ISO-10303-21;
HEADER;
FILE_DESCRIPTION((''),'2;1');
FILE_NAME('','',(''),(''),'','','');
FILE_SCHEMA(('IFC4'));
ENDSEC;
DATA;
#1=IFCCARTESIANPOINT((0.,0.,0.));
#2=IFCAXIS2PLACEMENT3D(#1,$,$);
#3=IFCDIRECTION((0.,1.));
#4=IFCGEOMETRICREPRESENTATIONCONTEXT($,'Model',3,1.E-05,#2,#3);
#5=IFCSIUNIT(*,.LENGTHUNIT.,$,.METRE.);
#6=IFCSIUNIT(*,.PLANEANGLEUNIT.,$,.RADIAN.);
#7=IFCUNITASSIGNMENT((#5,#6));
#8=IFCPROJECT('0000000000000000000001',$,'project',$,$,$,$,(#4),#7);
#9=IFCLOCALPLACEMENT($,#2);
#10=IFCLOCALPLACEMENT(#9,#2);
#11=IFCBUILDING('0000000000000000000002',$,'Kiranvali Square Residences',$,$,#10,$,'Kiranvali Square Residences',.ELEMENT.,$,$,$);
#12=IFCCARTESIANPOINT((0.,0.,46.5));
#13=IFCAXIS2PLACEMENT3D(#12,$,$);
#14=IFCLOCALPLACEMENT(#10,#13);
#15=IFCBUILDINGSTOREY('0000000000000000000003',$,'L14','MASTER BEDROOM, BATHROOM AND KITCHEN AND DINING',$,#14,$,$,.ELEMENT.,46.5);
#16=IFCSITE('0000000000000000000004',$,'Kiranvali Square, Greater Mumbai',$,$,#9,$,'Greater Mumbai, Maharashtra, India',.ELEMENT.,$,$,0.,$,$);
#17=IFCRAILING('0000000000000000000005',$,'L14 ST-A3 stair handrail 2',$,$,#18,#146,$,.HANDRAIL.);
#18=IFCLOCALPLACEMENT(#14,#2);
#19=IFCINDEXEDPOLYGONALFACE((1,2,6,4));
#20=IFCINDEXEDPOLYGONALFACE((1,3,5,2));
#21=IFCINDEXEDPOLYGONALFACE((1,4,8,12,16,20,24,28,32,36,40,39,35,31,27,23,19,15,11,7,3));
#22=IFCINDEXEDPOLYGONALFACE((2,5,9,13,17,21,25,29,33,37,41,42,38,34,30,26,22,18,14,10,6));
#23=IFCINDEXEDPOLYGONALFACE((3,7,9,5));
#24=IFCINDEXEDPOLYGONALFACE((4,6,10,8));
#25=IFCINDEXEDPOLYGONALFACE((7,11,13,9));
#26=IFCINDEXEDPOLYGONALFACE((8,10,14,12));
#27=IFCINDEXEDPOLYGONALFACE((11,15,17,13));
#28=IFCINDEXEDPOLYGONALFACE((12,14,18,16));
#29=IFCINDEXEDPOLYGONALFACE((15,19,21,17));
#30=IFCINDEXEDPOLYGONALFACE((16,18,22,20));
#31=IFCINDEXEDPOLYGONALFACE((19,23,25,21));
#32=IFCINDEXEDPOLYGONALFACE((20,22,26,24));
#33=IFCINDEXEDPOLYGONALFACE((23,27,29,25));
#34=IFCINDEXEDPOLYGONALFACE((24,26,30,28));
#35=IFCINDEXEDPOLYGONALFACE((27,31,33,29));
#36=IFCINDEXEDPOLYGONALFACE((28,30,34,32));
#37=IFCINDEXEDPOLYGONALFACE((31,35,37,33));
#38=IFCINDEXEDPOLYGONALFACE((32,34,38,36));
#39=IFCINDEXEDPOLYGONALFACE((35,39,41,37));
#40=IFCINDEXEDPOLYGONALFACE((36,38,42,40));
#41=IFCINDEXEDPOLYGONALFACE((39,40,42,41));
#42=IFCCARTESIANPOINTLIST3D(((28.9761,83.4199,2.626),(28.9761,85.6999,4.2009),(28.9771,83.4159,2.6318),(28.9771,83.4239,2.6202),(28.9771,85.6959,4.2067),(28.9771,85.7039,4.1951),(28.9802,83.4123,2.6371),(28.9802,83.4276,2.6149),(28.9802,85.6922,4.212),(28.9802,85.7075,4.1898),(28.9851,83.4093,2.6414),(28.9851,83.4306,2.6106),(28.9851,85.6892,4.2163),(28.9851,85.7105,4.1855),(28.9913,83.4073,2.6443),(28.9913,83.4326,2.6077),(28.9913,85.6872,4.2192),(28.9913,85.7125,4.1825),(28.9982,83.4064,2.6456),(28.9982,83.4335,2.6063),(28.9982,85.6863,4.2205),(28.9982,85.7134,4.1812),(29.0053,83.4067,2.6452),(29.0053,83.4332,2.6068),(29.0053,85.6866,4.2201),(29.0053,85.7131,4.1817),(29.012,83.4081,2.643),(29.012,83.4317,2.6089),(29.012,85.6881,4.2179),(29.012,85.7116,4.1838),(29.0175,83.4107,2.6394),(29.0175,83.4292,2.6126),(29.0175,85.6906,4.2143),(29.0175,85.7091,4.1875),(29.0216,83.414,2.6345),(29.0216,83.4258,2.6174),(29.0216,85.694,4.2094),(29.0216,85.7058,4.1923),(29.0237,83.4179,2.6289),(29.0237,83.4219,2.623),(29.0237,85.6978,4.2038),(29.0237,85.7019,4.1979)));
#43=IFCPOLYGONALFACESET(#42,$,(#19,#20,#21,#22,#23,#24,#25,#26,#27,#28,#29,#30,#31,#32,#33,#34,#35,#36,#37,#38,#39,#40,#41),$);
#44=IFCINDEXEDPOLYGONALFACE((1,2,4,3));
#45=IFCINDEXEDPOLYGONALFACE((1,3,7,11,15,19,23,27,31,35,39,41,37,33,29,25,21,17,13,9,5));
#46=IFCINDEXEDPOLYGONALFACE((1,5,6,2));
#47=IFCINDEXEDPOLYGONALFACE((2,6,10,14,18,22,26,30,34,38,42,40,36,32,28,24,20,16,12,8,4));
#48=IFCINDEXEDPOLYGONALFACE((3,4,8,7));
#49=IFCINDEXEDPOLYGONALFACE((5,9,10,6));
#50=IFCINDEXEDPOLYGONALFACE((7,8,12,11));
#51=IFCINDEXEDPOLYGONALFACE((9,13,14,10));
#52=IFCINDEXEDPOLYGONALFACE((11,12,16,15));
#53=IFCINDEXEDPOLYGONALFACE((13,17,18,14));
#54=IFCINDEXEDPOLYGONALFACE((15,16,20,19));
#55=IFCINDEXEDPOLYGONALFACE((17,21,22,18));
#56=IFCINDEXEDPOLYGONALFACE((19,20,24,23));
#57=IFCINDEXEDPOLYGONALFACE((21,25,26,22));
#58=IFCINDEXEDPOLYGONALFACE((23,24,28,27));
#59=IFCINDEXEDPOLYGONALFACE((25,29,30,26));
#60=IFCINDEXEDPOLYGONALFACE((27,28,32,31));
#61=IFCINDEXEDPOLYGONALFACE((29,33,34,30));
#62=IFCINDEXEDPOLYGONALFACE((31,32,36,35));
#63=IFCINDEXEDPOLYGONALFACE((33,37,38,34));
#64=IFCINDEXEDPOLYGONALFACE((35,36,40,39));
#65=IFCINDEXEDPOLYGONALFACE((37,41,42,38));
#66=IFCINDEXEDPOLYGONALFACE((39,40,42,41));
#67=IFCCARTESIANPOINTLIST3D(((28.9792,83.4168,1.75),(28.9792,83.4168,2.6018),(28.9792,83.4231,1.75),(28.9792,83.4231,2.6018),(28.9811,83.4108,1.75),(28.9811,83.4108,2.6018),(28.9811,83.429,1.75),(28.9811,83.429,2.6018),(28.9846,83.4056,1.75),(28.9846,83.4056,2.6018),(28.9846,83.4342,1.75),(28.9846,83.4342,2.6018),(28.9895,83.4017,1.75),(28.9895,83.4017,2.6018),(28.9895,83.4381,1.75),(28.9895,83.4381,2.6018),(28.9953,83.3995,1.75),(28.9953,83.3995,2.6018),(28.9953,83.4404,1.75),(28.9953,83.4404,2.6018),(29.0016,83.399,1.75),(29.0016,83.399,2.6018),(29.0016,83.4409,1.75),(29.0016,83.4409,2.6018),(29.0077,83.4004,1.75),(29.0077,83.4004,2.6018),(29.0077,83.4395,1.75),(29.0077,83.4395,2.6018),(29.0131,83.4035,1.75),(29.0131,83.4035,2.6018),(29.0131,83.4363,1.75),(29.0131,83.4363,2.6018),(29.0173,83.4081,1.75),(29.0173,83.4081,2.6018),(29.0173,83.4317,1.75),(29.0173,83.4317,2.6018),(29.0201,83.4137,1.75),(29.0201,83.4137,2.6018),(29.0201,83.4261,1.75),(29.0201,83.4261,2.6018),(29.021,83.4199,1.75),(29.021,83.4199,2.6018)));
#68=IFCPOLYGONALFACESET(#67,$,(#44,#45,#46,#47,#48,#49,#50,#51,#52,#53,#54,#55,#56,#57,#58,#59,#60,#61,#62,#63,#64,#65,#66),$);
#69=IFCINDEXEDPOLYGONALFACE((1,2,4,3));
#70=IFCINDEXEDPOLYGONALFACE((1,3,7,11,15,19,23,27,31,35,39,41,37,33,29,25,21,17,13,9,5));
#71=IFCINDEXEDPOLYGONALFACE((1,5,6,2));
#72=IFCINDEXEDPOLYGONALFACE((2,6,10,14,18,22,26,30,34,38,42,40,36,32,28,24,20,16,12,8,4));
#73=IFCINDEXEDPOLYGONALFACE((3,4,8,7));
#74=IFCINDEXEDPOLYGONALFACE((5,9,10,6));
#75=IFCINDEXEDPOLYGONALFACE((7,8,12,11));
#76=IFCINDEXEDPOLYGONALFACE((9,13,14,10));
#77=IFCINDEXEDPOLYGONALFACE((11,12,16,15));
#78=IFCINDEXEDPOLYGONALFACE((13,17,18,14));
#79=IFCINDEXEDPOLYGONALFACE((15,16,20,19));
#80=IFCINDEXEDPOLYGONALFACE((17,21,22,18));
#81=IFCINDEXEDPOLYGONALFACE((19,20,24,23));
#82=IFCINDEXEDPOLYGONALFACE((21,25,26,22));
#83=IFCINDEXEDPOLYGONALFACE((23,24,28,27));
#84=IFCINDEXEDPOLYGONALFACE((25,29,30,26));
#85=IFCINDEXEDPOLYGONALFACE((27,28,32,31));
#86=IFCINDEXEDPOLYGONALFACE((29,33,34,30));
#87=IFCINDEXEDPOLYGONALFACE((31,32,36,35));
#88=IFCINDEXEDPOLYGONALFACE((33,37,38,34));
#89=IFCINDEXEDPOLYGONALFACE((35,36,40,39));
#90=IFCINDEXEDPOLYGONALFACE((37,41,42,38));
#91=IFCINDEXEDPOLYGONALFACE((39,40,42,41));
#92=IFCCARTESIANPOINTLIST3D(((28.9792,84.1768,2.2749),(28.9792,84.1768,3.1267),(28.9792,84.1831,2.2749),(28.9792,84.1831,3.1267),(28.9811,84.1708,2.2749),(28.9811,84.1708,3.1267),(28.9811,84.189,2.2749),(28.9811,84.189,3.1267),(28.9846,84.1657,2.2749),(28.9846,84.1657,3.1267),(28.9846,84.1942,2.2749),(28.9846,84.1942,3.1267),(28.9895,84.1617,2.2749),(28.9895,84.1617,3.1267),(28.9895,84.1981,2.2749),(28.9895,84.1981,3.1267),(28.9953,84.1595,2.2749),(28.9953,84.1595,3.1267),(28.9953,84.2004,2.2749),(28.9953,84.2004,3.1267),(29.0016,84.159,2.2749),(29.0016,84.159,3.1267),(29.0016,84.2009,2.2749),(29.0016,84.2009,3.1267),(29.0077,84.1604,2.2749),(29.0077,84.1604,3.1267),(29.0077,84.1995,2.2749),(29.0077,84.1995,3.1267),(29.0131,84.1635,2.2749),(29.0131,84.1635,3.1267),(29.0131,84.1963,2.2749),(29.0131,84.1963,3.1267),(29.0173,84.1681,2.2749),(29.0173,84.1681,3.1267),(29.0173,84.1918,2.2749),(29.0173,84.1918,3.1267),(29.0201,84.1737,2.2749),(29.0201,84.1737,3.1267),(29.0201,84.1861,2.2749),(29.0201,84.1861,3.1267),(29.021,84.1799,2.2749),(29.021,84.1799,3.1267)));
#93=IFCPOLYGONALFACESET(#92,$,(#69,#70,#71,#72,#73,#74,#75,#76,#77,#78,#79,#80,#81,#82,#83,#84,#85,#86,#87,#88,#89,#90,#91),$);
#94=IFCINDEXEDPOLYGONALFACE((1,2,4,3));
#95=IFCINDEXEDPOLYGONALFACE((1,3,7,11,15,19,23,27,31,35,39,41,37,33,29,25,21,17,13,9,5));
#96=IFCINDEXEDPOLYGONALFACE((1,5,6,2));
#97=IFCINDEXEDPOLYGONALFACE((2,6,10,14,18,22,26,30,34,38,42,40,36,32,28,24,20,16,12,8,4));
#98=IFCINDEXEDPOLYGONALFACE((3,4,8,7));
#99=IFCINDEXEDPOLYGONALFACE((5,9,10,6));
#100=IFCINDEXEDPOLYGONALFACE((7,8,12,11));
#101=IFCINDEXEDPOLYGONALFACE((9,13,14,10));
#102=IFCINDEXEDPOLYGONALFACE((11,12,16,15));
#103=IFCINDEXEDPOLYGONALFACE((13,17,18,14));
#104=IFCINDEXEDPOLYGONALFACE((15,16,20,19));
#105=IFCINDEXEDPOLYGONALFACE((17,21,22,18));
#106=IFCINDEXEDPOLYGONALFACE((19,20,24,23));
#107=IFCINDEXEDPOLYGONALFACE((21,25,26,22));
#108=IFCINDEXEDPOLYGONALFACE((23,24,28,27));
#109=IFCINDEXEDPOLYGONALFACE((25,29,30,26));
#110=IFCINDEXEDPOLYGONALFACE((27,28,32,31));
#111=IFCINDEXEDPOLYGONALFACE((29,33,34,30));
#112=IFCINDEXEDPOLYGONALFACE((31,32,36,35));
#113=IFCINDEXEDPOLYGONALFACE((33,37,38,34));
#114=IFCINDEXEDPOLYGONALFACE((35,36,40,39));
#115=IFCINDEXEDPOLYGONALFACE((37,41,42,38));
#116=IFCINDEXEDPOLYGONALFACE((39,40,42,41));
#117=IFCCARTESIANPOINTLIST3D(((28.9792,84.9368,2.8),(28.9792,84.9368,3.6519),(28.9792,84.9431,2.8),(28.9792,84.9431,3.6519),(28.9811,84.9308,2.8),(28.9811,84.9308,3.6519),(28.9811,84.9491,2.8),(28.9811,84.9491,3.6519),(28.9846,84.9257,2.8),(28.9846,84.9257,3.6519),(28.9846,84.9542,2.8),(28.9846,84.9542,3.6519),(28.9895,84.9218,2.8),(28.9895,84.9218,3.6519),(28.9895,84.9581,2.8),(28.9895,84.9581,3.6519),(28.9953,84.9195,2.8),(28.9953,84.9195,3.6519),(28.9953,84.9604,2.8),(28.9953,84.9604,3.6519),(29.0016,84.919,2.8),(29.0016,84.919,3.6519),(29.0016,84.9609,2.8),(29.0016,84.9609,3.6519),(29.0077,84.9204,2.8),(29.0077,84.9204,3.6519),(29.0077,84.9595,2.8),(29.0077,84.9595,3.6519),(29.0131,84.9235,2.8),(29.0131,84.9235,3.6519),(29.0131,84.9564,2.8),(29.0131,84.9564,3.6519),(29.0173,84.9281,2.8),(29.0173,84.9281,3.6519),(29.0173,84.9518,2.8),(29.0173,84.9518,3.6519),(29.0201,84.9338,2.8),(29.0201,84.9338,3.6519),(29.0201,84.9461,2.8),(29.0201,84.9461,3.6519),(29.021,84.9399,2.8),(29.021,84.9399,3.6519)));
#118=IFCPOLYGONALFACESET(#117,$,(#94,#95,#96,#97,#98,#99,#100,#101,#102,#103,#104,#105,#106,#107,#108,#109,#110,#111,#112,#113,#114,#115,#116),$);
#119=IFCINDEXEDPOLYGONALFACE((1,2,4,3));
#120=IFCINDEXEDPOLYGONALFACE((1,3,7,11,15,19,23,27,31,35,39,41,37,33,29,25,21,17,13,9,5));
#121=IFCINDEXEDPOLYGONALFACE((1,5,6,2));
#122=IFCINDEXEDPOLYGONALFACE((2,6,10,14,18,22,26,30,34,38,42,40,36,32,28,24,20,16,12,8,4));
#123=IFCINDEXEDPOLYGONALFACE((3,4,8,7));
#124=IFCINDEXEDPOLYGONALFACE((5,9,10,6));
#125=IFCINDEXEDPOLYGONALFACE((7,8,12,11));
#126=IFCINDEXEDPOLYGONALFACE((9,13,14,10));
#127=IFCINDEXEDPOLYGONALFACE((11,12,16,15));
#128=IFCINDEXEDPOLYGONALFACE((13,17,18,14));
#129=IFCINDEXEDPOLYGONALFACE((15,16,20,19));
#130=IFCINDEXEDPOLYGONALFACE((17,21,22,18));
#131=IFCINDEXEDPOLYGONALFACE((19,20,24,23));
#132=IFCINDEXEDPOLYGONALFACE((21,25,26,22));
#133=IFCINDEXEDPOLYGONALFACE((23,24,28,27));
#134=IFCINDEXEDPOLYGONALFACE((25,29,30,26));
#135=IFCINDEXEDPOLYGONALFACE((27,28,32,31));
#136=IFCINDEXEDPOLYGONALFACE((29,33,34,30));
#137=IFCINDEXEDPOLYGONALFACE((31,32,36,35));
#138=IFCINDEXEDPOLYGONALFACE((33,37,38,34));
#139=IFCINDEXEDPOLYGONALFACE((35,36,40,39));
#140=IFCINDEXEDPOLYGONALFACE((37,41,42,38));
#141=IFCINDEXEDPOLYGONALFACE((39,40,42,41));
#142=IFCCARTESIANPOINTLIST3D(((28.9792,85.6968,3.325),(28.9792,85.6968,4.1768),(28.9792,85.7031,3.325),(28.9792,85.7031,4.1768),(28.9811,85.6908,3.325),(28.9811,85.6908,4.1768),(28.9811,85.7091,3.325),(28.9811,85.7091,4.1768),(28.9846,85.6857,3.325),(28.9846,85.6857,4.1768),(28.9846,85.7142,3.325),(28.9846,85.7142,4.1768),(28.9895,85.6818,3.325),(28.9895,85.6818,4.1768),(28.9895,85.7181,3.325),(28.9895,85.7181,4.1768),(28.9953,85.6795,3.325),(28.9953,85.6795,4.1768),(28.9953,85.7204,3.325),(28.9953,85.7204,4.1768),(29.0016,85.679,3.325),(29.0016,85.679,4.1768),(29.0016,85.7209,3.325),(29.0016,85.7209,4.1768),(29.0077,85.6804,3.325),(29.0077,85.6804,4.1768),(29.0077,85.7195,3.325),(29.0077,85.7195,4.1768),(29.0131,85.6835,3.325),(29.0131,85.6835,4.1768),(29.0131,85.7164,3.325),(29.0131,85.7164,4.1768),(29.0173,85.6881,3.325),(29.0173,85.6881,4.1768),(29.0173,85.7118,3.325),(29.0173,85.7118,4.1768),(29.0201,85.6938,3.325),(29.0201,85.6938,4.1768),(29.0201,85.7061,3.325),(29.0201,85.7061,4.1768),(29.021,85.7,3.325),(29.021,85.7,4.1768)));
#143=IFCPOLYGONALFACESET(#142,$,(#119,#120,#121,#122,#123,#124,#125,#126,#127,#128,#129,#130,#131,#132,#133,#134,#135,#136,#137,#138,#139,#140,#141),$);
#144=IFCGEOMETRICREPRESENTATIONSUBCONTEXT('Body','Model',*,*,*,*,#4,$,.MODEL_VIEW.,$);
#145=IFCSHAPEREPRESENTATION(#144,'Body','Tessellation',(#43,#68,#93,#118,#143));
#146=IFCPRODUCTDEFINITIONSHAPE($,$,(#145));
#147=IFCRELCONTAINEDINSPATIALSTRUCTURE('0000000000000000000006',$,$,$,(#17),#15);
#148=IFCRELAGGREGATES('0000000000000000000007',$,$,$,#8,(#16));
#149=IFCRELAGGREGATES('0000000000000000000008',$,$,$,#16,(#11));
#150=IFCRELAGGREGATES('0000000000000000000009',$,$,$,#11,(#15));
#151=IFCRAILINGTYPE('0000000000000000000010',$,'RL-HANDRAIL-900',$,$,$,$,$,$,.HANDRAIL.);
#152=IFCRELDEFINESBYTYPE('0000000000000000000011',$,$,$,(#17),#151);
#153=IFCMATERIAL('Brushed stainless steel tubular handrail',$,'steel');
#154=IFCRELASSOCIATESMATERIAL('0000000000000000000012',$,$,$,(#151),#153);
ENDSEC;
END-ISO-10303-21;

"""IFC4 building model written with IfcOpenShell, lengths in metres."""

from ifc_helpers import new_model, si_unit, direction, frame, origin, origin_2d, place, context, subcontext, project, spatial, circle, extrude, material, type_object, element, save


model = new_model("IFC4")

# Units and contexts
model_context = context("Model", 3, precision=1e-05, world=origin(), true_north=direction((0.0, 1.0)))
body_context = subcontext(model_context, "Body", "Model", "MODEL_VIEW")
ifc_project = project(units=[si_unit("LENGTHUNIT", "METRE"), si_unit("PLANEANGLEUNIT", "RADIAN")], contexts=[model_context])

# Site, building, storey
site_placement = place(None, origin())
site = spatial("IfcSite", under=ifc_project, at=site_placement, Name="Kiranvali Square, Greater Mumbai", LongName="Greater Mumbai, Maharashtra, India", CompositionType="ELEMENT", RefElevation=0.0)
building_placement = place(site_placement, origin())
building = spatial("IfcBuilding", under=site, at=building_placement, Name="Kiranvali Square Residences", LongName="Kiranvali Square Residences", CompositionType="ELEMENT")
storey_placement = place(building_placement, frame((0.0, 0.0, 46.5)))
storey = spatial("IfcBuildingStorey", under=building, at=storey_placement, Name="L14", Description="MASTER BEDROOM, BATHROOM AND KITCHEN AND DINING", CompositionType="ELEMENT", Elevation=46.5)

# Railing
ifc_material_1 = material(Name="Brushed stainless steel tubular handrail", Category="steel")
railing_type_1 = type_object("IfcRailingType", Name="RL-HANDRAIL-900", PredefinedType="HANDRAIL", material=ifc_material_1)
railing_1_placement = place(storey_placement, frame((29.0, 83.4199, 1.75)))
element("IfcRailing", 1, at=railing_1_placement, inside=storey, type_object=railing_type_1, Name="L14 ST-A3 stair handrail 2", PredefinedType="HANDRAIL", context=body_context, shape_type="SweptSolid", body=[
    extrude(circle(Radius=0.0239, at=origin_2d()), frame((0.0, 0.0, 0.876), z_axis=(0.0, 0.822788, 0.568348), x_axis=(-1.0, 0.0, 0.0)), (0.0, 0.0, 1.0), 2.771),
    extrude(circle(Radius=0.021, at=origin_2d()), origin(), (0.0, 0.0, 1.0), 0.8518),
    extrude(circle(Radius=0.021, at=origin_2d()), frame((0.0, 0.76, 0.5249)), (0.0, 0.0, 1.0), 0.8518),
    extrude(circle(Radius=0.021, at=origin_2d()), frame((0.0, 1.52, 1.05)), (0.0, 0.0, 1.0), 0.8518),
    extrude(circle(Radius=0.021, at=origin_2d()), frame((0.0, 2.28, 1.575)), (0.0, 0.0, 1.0), 0.8518),
])

save(model, "model.ifc")
